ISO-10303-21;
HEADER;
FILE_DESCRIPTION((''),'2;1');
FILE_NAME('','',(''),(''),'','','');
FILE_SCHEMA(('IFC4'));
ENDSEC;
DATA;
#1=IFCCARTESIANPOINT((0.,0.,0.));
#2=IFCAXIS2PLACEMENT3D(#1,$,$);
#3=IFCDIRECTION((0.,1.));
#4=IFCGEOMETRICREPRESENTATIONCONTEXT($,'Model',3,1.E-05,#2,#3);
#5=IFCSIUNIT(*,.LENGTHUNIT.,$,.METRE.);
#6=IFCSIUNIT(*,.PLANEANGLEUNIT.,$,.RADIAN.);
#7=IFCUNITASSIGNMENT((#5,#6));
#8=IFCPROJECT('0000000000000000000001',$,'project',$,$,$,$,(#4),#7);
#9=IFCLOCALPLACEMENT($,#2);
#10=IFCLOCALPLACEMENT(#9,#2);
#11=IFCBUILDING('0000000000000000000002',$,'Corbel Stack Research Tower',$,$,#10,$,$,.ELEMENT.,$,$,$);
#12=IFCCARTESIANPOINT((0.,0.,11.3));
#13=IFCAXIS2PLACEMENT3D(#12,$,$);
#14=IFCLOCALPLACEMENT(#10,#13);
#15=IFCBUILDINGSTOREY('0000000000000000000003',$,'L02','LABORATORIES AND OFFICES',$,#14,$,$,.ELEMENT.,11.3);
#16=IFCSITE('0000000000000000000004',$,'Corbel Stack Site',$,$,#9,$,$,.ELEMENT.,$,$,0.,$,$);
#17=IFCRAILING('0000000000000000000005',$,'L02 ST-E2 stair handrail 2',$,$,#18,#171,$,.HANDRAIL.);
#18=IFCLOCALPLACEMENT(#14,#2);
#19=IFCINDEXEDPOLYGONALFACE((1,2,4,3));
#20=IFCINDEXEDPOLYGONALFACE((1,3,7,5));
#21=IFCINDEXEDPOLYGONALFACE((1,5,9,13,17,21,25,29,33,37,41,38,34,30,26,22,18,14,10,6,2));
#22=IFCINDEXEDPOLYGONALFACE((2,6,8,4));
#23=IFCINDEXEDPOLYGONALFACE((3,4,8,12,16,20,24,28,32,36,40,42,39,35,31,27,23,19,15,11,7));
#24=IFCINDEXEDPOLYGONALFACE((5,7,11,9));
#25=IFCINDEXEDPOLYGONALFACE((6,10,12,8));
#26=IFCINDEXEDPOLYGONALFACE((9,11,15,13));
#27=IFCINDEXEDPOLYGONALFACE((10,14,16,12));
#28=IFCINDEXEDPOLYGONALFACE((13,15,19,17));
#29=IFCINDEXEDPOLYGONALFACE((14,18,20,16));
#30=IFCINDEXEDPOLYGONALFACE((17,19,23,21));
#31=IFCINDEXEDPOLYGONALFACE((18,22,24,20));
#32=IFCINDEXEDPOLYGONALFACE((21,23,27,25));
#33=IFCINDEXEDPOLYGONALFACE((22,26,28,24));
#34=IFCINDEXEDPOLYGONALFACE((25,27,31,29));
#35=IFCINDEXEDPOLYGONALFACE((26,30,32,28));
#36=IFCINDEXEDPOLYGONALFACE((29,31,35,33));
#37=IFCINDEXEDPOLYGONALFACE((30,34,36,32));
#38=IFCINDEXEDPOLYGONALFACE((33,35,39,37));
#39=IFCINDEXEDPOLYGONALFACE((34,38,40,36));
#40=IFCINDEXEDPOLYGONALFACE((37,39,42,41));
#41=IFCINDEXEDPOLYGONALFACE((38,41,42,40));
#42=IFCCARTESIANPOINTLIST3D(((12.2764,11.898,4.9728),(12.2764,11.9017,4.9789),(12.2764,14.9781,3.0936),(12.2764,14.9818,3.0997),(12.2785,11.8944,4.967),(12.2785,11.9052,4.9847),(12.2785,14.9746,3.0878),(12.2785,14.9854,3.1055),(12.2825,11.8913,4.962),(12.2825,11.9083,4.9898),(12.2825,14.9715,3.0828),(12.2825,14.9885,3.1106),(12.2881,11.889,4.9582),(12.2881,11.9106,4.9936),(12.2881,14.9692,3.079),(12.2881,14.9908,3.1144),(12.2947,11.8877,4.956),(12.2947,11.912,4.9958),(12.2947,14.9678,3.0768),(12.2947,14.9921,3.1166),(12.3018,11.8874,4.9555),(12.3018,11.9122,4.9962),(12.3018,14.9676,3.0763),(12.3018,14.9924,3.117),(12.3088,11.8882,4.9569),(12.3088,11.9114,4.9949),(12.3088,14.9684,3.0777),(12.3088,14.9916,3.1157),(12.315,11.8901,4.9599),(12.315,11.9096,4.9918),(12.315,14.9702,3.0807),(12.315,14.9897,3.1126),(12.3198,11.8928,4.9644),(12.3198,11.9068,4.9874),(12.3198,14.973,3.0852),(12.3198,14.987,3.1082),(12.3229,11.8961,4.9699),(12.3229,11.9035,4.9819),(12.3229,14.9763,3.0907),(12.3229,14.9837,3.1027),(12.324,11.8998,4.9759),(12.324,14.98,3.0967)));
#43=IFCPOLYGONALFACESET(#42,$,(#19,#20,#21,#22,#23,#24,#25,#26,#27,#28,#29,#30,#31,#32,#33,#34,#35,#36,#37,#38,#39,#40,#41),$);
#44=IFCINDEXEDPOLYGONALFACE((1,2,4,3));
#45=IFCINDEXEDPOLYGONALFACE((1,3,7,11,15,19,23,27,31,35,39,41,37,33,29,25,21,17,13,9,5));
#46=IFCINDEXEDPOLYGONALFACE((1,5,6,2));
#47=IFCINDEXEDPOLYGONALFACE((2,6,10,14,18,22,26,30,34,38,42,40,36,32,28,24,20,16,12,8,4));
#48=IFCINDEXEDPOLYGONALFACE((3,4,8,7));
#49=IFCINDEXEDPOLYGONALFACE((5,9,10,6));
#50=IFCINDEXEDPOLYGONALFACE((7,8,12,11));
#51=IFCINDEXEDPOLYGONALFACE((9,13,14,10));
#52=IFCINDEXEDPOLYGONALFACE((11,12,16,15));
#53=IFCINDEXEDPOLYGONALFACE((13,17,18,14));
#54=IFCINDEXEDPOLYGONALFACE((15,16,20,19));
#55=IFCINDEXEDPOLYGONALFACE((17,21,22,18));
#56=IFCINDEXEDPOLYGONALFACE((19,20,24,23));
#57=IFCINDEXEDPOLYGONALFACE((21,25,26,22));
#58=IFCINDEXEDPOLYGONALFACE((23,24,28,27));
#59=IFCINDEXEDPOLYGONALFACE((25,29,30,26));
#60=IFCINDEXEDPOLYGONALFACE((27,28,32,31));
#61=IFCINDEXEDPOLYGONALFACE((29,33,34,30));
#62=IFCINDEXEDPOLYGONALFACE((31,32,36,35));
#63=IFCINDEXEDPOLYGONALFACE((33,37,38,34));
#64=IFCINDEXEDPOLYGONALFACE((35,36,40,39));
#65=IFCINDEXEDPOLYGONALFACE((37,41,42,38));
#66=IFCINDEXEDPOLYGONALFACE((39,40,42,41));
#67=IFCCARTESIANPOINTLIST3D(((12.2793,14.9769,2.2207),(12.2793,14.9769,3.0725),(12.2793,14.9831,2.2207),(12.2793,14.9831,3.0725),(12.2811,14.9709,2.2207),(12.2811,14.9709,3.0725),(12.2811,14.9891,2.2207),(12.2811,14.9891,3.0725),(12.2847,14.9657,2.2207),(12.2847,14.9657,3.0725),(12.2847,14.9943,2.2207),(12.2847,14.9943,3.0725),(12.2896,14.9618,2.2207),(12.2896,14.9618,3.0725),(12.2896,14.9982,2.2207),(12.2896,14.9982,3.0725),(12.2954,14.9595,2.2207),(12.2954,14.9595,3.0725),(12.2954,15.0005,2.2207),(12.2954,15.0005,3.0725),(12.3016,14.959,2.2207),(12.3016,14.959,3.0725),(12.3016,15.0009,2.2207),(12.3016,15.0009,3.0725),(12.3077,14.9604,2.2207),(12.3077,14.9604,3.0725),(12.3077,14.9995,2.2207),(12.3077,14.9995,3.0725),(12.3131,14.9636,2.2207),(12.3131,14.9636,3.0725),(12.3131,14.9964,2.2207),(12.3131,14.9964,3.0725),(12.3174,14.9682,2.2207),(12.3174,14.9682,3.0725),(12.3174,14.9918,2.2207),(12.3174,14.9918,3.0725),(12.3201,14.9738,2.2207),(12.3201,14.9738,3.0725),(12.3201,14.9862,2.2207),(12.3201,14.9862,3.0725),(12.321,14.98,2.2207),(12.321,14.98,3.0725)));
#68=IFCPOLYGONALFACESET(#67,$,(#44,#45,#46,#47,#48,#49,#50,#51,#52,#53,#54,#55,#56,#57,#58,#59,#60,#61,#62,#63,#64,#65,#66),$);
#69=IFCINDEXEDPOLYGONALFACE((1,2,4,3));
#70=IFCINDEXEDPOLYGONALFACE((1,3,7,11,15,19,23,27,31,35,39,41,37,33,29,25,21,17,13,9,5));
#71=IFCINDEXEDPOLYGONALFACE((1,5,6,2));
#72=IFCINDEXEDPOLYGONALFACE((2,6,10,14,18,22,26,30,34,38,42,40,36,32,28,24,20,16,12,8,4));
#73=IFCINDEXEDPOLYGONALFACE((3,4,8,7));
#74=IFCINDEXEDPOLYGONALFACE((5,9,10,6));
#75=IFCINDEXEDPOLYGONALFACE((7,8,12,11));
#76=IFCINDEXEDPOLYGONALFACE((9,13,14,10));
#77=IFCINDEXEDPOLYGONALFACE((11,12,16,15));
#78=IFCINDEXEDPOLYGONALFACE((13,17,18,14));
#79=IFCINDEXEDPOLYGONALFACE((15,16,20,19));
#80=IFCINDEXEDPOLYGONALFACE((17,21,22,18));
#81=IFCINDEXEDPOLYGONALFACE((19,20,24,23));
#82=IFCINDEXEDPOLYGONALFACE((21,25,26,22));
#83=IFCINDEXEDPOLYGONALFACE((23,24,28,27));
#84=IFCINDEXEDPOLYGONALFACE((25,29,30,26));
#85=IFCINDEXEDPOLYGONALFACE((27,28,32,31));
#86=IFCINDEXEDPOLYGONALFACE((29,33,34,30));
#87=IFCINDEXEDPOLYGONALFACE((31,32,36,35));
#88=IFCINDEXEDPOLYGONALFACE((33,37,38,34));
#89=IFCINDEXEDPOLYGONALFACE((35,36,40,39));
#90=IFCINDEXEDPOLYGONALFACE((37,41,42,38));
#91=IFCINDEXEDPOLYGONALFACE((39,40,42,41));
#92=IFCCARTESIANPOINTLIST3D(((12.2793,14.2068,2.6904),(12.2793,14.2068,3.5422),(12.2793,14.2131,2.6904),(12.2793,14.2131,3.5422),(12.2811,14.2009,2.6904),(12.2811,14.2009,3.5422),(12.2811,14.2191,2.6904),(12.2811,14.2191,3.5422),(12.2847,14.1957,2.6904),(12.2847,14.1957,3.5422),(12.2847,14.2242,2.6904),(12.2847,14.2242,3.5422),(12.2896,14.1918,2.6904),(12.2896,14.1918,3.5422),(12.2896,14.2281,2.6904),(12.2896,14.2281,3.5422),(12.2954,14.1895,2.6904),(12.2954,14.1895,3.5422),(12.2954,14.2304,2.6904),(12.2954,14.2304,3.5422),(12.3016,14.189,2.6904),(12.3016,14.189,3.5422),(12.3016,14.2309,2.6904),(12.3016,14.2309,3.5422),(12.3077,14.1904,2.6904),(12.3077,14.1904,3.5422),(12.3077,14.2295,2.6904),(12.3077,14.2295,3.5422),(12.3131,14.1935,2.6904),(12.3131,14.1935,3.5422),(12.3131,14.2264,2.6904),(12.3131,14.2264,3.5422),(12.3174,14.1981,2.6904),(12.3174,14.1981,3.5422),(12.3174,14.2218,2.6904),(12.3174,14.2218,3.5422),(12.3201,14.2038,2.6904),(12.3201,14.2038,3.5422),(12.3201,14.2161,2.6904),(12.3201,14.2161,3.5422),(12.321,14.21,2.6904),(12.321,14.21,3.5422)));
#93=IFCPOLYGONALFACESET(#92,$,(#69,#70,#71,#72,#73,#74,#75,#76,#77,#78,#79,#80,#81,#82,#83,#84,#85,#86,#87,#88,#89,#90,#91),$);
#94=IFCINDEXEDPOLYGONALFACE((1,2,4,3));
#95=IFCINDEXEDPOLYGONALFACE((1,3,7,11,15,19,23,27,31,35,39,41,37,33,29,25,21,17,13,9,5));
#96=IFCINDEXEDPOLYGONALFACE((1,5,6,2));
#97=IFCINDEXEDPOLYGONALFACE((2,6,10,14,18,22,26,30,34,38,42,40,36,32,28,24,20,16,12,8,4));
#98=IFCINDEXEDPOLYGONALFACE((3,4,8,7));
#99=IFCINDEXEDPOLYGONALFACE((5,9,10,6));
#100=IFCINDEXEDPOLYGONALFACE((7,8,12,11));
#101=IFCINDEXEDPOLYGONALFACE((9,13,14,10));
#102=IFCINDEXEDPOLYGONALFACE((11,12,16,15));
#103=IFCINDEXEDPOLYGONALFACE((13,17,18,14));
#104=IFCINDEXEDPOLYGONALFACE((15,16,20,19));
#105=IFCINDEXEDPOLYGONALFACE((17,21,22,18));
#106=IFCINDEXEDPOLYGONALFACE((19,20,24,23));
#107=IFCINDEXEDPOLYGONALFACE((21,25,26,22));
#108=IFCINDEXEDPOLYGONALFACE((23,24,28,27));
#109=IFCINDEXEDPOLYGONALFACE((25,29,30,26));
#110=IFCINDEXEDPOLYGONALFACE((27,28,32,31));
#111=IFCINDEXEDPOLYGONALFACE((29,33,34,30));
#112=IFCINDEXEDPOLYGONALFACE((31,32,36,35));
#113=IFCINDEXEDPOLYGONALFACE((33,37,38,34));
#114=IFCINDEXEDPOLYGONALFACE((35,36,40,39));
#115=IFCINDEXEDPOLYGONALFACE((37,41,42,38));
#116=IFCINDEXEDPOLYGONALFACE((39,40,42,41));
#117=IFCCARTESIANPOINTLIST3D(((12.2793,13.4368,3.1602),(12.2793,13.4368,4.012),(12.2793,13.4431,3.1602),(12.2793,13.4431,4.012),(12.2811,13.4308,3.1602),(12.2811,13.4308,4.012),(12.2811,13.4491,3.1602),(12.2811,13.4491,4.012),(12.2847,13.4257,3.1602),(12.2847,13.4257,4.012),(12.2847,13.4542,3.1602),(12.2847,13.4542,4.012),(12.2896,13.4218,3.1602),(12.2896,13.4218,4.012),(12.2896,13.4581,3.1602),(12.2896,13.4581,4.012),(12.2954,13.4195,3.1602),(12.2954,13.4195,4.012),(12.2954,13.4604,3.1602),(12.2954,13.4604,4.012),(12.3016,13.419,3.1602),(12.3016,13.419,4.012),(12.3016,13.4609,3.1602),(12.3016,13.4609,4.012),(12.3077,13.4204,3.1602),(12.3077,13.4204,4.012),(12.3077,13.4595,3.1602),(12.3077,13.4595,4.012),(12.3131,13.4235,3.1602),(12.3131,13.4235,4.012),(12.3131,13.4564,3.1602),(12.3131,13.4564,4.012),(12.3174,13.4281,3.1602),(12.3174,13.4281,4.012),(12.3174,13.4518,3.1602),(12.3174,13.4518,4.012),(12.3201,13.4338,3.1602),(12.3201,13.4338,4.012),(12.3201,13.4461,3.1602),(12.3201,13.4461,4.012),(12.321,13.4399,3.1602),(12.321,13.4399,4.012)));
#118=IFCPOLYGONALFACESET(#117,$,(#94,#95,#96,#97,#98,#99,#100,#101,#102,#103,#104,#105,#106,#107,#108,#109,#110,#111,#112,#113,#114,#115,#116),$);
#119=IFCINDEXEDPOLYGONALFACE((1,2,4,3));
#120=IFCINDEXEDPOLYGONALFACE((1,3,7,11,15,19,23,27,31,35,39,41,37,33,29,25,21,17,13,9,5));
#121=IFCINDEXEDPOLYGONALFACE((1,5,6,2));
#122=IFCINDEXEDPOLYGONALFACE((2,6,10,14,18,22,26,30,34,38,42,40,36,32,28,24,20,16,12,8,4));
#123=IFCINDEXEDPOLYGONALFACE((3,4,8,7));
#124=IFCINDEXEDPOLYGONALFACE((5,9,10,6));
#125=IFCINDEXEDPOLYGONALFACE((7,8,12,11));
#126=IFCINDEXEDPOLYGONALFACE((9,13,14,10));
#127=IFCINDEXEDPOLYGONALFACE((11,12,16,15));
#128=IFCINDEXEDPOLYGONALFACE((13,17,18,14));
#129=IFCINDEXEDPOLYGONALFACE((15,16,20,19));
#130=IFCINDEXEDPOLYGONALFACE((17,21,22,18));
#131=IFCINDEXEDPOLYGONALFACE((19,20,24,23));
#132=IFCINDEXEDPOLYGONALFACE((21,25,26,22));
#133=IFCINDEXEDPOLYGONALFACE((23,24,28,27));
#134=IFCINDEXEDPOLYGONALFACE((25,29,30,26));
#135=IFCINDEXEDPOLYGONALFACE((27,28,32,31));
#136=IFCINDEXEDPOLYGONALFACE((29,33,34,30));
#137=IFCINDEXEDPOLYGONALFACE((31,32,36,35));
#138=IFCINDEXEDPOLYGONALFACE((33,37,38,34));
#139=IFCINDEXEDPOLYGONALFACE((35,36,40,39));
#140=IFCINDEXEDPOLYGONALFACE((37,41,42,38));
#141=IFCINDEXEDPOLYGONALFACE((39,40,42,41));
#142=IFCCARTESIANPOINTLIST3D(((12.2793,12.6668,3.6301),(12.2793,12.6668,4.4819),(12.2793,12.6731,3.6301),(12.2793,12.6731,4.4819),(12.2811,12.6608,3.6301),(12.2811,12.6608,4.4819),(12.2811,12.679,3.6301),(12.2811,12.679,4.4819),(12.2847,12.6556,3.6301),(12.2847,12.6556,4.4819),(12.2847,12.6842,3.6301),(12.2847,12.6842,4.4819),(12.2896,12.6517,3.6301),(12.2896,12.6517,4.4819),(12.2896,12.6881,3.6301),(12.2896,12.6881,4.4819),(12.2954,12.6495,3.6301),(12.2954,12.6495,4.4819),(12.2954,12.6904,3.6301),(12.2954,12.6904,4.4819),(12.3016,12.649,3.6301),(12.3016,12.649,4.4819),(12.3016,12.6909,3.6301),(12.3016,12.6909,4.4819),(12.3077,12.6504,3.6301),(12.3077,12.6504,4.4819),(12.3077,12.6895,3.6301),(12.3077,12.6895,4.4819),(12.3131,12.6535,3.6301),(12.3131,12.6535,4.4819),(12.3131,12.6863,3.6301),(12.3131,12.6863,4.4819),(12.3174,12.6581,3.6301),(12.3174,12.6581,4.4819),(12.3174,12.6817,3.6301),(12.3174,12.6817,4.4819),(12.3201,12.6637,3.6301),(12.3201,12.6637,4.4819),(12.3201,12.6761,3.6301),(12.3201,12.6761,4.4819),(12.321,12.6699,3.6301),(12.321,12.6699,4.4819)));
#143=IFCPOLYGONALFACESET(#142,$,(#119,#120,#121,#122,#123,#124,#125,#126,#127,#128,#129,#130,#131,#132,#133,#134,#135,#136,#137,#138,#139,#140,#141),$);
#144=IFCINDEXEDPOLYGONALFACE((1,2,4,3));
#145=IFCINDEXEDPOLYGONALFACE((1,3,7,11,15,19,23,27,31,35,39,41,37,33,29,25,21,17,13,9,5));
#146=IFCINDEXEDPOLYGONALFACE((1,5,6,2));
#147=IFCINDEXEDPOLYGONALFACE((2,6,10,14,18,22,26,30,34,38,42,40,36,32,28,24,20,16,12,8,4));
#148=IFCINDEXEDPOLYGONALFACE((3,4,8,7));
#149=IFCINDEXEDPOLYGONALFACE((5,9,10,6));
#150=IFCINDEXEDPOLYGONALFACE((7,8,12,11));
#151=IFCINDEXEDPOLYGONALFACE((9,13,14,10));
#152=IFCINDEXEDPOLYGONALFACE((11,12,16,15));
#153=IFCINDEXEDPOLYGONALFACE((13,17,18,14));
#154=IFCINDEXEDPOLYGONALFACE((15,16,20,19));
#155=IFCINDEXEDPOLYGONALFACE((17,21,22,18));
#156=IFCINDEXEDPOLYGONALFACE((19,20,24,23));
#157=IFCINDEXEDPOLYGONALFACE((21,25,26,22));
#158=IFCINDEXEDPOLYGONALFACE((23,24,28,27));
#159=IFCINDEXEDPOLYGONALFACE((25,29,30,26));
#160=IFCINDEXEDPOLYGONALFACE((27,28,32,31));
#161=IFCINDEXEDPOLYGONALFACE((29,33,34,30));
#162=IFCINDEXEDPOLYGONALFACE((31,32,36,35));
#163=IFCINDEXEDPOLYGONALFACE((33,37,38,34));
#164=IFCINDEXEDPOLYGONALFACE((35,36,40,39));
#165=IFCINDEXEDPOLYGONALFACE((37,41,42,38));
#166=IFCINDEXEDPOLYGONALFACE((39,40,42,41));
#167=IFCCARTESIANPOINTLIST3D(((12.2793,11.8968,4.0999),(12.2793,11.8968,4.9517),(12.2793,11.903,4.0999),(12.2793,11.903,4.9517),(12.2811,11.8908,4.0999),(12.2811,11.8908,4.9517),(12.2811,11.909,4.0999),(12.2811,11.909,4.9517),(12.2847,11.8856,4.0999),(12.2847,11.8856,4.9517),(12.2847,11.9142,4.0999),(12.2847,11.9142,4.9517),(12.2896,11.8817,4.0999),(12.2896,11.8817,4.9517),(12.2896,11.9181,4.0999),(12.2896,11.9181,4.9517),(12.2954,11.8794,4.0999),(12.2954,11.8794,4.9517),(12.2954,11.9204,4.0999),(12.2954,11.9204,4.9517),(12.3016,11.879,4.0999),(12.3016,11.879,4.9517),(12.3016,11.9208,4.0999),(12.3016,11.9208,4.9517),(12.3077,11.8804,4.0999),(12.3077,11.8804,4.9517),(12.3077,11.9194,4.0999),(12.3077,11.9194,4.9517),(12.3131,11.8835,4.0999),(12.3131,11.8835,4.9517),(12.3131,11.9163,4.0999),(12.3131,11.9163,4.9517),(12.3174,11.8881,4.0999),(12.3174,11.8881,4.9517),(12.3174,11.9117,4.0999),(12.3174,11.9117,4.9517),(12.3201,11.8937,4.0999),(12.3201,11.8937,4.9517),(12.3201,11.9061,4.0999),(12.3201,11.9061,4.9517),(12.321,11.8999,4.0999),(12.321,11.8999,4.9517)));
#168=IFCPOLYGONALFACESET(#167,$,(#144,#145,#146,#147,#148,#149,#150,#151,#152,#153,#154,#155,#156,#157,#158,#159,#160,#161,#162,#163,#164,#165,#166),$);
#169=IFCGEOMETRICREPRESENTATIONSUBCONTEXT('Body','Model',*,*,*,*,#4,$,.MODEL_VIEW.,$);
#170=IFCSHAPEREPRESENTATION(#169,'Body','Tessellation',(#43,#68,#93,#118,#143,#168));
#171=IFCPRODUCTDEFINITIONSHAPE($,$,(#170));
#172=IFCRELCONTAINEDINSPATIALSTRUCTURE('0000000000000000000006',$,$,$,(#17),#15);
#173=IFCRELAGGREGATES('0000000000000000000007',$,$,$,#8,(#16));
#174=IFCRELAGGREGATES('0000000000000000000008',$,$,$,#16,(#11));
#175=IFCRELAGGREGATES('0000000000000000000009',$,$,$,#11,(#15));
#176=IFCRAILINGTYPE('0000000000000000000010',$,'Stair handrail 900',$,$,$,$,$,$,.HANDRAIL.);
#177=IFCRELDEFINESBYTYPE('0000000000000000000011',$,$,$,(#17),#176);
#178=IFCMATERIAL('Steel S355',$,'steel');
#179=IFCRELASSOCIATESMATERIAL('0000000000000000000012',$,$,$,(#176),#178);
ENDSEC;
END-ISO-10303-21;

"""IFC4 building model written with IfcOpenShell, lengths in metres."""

from ifc_helpers import new_model, si_unit, direction, frame, origin, origin_2d, place, context, subcontext, project, spatial, circle, extrude, material, type_object, element, save


model = new_model("IFC4")

# Units and contexts
model_context = context("Model", 3, precision=1e-05, world=origin(), true_north=direction((0.0, 1.0)))
body_context = subcontext(model_context, "Body", "Model", "MODEL_VIEW")
ifc_project = project(units=[si_unit("LENGTHUNIT", "METRE"), si_unit("PLANEANGLEUNIT", "RADIAN")], contexts=[model_context])

# Site, building, storey
site_placement = place(None, origin())
site = spatial("IfcSite", under=ifc_project, at=site_placement, Name="Corbel Stack Site", CompositionType="ELEMENT", RefElevation=0.0)
building_placement = place(site_placement, origin())
building = spatial("IfcBuilding", under=site, at=building_placement, Name="Corbel Stack Research Tower", CompositionType="ELEMENT")
storey_placement = place(building_placement, frame((0.0, 0.0, 11.3)))
storey = spatial("IfcBuildingStorey", under=building, at=storey_placement, Name="L02", Description="LABORATORIES AND OFFICES", CompositionType="ELEMENT", Elevation=11.3)

# Railing
ifc_material_1 = material(Name="Steel S355", Category="steel")
railing_type_1 = type_object("IfcRailingType", Name="Stair handrail 900", PredefinedType="HANDRAIL", material=ifc_material_1)
railing_1_placement = place(storey_placement, frame((12.3, 14.98, 2.2207)))
element("IfcRailing", 1, at=railing_1_placement, inside=storey, type_object=railing_type_1, Name="L02 ST-E2 stair handrail 2", PredefinedType="HANDRAIL", context=body_context, shape_type="SweptSolid", body=[
    extrude(circle(Radius=0.0239, at=origin_2d()), frame((0.0, 0.0, 0.876), z_axis=(0.0, -0.853666, 0.52082), x_axis=(1.0, 0.0, 0.0)), (0.0, 0.0, 1.0), 3.6082),
    extrude(circle(Radius=0.021, at=origin_2d()), origin(), (0.0, 0.0, 1.0), 0.8518),
    extrude(circle(Radius=0.021, at=origin_2d()), frame((0.0, -0.77, 0.4697)), (0.0, 0.0, 1.0), 0.8518),
    extrude(circle(Radius=0.021, at=origin_2d()), frame((0.0, -1.54, 0.9395)), (0.0, 0.0, 1.0), 0.8518),
    extrude(circle(Radius=0.021, at=origin_2d()), frame((0.0, -2.3101, 1.4094)), (0.0, 0.0, 1.0), 0.8518),
    extrude(circle(Radius=0.021, at=origin_2d()), frame((0.0, -3.0801, 1.8792)), (0.0, 0.0, 1.0), 0.8518),
])

save(model, "model.ifc")
